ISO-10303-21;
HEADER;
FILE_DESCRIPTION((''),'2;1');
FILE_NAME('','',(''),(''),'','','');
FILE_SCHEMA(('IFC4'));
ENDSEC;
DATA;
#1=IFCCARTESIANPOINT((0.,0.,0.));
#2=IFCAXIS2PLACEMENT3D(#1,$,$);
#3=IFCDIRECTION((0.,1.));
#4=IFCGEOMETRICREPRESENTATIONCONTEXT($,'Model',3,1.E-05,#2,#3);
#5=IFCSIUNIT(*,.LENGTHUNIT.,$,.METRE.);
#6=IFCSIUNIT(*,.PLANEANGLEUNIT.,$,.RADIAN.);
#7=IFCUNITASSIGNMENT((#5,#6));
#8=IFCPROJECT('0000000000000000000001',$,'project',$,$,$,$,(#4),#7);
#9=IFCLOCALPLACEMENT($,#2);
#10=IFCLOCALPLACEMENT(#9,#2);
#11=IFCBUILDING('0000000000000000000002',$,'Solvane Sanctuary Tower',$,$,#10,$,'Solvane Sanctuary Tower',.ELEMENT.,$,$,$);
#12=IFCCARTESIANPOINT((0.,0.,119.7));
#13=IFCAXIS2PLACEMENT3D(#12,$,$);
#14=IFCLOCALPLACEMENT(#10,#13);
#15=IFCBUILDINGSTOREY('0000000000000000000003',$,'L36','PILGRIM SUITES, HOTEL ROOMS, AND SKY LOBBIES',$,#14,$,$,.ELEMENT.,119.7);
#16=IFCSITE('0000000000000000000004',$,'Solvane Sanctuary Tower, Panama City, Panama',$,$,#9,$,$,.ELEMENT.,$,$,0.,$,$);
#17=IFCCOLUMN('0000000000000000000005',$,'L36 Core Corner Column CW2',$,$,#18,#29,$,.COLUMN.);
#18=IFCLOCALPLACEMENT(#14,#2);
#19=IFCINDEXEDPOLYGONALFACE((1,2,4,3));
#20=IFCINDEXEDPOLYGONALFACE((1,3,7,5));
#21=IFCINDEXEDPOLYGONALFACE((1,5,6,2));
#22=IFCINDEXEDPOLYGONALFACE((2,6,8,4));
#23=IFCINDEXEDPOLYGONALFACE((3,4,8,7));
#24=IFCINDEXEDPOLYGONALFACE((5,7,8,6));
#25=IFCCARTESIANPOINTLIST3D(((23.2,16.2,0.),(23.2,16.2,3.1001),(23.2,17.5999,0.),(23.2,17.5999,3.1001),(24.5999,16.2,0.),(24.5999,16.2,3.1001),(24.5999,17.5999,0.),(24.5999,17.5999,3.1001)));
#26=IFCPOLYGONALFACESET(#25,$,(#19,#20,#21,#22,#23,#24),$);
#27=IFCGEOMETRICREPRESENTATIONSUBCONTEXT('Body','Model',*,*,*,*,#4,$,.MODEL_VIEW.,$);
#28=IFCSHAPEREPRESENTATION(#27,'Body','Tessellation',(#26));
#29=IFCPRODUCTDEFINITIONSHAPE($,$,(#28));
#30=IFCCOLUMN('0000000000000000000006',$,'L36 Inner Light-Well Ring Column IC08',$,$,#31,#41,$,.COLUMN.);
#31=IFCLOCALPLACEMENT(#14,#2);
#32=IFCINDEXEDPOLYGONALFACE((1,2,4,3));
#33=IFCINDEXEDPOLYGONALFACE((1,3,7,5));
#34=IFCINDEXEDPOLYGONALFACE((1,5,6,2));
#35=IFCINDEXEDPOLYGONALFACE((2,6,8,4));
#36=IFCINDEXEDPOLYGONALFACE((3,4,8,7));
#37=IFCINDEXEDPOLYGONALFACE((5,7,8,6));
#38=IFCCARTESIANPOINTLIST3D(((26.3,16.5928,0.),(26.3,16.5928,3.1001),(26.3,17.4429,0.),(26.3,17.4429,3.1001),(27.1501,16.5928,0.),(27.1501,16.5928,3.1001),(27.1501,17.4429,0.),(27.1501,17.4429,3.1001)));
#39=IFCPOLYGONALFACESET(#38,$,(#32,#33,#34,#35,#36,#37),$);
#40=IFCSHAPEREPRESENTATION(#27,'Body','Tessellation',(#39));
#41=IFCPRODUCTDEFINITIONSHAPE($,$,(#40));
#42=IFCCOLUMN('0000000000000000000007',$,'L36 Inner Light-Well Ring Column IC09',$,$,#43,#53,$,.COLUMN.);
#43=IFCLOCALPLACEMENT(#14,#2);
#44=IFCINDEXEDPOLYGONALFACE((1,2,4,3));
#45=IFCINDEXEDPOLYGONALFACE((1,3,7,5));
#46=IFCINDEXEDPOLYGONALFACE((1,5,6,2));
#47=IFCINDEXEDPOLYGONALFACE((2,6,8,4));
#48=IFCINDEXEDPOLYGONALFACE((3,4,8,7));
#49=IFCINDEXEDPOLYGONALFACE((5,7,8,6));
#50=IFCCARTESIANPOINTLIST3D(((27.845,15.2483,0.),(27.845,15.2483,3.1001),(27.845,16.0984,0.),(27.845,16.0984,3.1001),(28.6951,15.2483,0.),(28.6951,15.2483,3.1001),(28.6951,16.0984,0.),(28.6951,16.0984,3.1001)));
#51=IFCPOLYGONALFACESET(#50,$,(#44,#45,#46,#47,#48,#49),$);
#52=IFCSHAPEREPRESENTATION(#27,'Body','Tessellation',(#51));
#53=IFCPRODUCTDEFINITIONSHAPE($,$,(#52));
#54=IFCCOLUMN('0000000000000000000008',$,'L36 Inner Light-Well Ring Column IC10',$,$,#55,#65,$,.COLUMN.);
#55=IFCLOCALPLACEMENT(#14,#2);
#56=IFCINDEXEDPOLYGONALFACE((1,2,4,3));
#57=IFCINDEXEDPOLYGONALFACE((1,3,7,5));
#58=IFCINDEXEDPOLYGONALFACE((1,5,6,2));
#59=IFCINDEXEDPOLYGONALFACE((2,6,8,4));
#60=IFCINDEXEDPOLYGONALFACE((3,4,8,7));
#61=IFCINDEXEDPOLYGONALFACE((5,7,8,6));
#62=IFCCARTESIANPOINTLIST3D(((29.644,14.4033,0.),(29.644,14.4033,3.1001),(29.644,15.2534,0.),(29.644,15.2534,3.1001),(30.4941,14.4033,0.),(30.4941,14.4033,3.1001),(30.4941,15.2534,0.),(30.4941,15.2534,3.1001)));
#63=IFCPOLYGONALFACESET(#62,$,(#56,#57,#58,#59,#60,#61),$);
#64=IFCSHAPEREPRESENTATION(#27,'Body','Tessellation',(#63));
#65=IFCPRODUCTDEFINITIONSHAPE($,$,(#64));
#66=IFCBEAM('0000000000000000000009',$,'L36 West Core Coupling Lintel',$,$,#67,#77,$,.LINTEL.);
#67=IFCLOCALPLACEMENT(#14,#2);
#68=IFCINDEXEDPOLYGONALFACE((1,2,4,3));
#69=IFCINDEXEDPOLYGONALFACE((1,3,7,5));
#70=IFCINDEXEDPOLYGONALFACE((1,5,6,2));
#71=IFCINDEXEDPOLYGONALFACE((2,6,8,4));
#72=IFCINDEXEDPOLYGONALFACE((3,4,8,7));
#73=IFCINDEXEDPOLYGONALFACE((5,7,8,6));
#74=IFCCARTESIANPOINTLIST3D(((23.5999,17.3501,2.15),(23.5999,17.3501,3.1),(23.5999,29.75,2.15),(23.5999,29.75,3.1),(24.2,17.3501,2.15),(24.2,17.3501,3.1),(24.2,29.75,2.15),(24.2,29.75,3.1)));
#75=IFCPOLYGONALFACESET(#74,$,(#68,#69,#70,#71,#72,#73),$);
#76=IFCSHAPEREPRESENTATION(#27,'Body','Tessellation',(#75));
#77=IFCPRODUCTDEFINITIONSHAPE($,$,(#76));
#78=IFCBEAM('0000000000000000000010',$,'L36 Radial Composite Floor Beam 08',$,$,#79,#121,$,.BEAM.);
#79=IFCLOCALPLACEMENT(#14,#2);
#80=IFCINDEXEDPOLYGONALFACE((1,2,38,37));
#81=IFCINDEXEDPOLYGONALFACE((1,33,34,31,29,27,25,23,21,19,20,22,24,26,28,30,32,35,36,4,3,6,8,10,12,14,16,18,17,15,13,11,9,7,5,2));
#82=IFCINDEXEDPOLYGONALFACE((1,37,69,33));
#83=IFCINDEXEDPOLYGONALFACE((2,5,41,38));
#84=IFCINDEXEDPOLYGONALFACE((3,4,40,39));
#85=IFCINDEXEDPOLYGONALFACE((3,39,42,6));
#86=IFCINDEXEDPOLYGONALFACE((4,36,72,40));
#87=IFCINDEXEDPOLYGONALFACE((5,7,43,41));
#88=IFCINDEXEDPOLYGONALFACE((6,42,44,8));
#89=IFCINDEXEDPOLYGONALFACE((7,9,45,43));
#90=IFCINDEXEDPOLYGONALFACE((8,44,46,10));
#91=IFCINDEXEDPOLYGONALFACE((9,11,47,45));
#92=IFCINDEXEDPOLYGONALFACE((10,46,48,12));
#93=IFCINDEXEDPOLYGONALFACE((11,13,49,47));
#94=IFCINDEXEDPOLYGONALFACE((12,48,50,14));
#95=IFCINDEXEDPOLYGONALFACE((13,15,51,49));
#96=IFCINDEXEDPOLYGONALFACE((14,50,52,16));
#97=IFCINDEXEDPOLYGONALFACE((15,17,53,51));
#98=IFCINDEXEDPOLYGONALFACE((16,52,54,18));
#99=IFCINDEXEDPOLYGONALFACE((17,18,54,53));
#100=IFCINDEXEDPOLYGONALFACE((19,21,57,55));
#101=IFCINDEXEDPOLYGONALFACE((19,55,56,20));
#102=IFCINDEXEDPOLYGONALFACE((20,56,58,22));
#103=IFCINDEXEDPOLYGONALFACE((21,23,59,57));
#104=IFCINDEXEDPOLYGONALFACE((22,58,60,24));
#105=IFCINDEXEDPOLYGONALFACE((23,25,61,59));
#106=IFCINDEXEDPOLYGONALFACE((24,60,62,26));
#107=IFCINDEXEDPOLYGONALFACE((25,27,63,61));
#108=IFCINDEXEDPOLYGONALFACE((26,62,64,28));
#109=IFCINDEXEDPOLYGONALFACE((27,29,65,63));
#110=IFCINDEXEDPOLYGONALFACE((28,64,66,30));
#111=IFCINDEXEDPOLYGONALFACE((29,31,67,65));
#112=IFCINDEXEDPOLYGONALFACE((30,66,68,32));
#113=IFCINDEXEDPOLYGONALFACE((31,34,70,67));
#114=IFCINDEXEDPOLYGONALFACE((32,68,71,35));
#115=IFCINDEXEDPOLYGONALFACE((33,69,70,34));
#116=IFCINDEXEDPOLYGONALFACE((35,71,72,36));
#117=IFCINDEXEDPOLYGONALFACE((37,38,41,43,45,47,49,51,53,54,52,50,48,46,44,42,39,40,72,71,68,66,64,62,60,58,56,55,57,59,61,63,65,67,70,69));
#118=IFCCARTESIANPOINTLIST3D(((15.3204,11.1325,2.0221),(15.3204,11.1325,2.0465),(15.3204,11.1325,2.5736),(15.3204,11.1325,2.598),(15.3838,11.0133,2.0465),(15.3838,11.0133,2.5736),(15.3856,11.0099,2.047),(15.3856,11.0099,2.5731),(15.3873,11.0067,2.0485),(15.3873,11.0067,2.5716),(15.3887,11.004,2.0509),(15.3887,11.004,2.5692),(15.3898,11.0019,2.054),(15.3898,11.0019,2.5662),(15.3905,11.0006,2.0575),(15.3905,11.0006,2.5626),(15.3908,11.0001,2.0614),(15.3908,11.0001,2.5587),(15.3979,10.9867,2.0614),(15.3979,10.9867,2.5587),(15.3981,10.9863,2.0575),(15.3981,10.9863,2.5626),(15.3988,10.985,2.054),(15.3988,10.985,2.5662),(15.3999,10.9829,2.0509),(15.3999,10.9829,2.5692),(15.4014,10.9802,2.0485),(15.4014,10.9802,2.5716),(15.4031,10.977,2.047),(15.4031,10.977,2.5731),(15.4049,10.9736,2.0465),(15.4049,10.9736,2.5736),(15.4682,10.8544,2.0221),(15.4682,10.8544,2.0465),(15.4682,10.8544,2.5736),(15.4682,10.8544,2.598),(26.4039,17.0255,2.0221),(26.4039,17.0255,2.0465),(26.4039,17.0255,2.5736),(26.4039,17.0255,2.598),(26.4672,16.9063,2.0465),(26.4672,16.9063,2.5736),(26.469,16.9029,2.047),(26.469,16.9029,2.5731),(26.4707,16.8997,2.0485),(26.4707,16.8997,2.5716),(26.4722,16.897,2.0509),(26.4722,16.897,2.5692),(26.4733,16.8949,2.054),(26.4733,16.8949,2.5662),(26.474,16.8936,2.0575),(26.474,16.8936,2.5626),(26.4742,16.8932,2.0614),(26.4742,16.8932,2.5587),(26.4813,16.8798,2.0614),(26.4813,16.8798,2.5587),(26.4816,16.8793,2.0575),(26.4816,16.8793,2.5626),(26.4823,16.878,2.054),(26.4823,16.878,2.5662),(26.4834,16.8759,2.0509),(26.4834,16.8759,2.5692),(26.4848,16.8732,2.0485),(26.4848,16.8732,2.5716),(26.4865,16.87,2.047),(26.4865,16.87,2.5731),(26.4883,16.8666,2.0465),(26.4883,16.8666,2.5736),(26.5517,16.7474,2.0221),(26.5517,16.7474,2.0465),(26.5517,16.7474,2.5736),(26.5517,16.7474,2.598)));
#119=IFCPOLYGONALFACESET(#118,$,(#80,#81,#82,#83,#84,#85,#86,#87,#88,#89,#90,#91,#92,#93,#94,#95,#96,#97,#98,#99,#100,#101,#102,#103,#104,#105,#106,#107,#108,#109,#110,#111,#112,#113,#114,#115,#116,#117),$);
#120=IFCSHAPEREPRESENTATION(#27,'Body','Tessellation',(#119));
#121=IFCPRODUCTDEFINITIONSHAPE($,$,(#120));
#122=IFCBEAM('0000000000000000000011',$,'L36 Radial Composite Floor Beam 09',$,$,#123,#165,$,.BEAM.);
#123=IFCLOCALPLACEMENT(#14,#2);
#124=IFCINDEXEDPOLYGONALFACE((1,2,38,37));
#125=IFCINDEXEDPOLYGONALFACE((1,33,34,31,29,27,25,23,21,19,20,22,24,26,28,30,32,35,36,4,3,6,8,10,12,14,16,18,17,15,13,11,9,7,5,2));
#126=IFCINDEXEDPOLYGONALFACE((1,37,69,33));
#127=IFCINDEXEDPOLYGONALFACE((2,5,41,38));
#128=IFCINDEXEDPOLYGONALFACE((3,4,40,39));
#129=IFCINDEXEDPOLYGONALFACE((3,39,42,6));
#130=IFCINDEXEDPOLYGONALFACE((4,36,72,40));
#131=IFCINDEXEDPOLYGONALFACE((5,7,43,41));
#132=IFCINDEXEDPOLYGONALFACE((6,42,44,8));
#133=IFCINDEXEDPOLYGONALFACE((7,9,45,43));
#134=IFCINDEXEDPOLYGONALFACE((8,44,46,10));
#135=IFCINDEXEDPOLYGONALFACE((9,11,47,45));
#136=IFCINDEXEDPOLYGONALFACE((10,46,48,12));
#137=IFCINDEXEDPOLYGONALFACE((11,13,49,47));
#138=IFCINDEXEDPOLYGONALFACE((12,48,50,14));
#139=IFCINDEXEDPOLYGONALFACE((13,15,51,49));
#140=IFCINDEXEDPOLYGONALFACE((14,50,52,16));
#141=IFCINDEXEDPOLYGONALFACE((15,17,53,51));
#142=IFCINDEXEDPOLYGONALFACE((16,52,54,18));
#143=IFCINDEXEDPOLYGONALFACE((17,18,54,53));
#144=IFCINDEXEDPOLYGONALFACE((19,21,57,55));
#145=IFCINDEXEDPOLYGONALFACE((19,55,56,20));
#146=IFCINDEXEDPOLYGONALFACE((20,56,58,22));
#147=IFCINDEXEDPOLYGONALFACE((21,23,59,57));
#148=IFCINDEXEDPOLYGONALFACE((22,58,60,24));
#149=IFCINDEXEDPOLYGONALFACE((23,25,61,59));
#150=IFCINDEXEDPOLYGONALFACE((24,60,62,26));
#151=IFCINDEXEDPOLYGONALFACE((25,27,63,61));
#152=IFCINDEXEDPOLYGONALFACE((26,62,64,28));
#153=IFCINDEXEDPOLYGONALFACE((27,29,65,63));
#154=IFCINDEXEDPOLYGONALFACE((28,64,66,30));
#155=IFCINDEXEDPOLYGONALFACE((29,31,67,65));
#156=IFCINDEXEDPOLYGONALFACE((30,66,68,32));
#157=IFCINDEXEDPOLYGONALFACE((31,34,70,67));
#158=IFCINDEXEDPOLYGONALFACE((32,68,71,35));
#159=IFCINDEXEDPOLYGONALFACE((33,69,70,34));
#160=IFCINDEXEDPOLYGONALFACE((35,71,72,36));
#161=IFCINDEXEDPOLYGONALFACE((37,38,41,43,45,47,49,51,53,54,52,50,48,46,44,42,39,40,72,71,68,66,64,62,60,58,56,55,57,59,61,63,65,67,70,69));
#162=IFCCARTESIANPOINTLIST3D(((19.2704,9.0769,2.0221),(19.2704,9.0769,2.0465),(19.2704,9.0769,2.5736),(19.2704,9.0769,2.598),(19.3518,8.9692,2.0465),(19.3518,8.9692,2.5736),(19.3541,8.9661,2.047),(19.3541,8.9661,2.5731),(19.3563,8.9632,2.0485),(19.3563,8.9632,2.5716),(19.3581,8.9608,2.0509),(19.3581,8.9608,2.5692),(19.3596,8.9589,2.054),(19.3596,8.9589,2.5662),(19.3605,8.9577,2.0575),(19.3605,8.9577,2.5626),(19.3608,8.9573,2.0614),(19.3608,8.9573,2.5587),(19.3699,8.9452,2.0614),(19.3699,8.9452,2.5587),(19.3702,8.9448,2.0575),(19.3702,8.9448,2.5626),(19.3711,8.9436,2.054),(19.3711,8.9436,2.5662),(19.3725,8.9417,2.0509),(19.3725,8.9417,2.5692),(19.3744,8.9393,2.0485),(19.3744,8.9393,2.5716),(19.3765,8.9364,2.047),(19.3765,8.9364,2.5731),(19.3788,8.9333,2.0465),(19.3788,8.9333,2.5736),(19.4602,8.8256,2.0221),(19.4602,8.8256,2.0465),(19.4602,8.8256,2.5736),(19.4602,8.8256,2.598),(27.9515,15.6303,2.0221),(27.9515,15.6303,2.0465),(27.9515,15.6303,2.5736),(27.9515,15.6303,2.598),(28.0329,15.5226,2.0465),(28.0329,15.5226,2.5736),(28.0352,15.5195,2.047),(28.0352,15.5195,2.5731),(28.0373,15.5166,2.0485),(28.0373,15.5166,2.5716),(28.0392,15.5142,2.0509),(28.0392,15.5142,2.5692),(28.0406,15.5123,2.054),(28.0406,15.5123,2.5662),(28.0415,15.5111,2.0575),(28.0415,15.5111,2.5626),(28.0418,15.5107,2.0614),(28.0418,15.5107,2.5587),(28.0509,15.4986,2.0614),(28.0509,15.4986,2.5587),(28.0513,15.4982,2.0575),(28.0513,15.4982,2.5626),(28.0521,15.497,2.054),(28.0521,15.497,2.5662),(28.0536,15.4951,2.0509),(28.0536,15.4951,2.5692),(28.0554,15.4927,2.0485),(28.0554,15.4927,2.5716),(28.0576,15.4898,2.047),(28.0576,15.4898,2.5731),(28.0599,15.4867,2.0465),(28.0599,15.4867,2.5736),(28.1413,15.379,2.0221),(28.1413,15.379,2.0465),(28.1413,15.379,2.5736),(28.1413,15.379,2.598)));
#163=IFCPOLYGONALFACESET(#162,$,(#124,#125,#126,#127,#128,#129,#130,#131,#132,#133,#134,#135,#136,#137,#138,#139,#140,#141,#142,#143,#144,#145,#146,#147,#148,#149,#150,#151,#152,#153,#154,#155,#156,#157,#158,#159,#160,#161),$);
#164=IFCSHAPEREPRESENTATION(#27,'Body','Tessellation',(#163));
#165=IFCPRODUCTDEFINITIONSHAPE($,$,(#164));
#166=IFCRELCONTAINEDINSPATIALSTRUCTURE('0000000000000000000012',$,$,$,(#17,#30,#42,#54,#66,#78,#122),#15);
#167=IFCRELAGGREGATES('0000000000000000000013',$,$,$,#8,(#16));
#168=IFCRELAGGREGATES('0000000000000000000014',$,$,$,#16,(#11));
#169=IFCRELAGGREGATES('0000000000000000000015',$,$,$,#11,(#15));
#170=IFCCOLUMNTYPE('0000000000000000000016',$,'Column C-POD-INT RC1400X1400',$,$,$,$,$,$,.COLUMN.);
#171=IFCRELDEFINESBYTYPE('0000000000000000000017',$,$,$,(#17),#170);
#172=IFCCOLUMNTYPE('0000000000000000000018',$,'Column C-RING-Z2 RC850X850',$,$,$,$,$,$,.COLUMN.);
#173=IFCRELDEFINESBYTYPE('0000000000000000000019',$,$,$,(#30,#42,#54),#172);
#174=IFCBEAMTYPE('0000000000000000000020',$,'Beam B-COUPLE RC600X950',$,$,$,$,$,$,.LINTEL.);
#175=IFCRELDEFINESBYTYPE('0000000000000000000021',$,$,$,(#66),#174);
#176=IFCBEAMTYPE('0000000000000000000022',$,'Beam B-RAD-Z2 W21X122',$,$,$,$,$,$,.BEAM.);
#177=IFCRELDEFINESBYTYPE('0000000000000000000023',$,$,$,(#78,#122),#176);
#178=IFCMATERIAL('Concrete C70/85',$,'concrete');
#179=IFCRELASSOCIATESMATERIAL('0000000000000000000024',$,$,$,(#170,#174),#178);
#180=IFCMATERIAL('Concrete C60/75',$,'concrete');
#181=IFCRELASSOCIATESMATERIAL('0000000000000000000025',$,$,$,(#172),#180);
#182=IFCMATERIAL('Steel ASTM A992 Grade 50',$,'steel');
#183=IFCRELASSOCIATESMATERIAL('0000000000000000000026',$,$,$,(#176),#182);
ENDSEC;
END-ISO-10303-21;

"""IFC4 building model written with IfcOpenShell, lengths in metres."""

from ifc_helpers import new_model, si_unit, direction, frame, origin, origin_2d, place, context, subcontext, project, spatial, rectangle, i_section, extrude, material, material_profile, profile_set, type_object, element, save


model = new_model("IFC4")

# Units and contexts
model_context = context("Model", 3, precision=1e-05, world=origin(), true_north=direction((0.0, 1.0)))
body_context = subcontext(model_context, "Body", "Model", "MODEL_VIEW")
ifc_project = project(units=[si_unit("LENGTHUNIT", "METRE"), si_unit("PLANEANGLEUNIT", "RADIAN")], contexts=[model_context])

# Site, building, storey
site_placement = place(None, origin())
site = spatial("IfcSite", under=ifc_project, at=site_placement, Name="Solvane Sanctuary Tower, Panama City, Panama", CompositionType="ELEMENT", RefElevation=0.0)
building_placement = place(site_placement, origin())
building = spatial("IfcBuilding", under=site, at=building_placement, Name="Solvane Sanctuary Tower", LongName="Solvane Sanctuary Tower", CompositionType="ELEMENT")
storey_placement = place(building_placement, frame((0.0, 0.0, 119.7)))
storey = spatial("IfcBuildingStorey", under=building, at=storey_placement, Name="L36", Description="PILGRIM SUITES, HOTEL ROOMS, AND SKY LOBBIES", CompositionType="ELEMENT", Elevation=119.7)

# Columns
ifc_material_1 = material(Name="Concrete C70/85", Category="concrete")
ifc_material_profile_1 = material_profile(ifc_material_1, rectangle(XDim=1.3999, YDim=1.3999, at=origin_2d()), Name="RC1400X1400")
ifc_profile_set_1 = profile_set([ifc_material_profile_1], Name="Concrete C70/85")
column_type_1 = type_object("IfcColumnType", Name="Column C-POD-INT RC1400X1400", PredefinedType="COLUMN", material=ifc_profile_set_1)
column_placement = place(storey_placement, frame((23.8999, 16.8999, 0.0), z_axis=(0.0, 0.0, 1.0), x_axis=(1.0, 0.0, 0.0)))
element("IfcColumn", 1, at=column_placement, inside=storey, type_object=column_type_1, Name="L36 Core Corner Column CW2", PredefinedType="COLUMN", context=body_context, shape_type="SweptSolid", body=[
    extrude(rectangle(XDim=1.3999, YDim=1.3999, at=origin_2d()), origin(), (0.0, 0.0, 1.0), 3.1001),
])
ifc_material_2 = material(Name="Concrete C60/75", Category="concrete")
ifc_material_profile_2 = material_profile(ifc_material_2, rectangle(XDim=0.8501, YDim=0.8501, at=origin_2d()), Name="RC850X850")
ifc_profile_set_2 = profile_set([ifc_material_profile_2], Name="Concrete C60/75")
column_type_2 = type_object("IfcColumnType", Name="Column C-RING-Z2 RC850X850", PredefinedType="COLUMN", material=ifc_profile_set_2)
for number, where, z_axis, x_axis, name in (
    (2, (26.7251, 17.0178, 0.0), (0.0, 0.0, 1.0), (1.0, 0.0, 0.0), "L36 Inner Light-Well Ring Column IC08"),
    (3, (28.27, 15.6733, 0.0), (0.0, 0.0, 1.0), (1.0, 0.0, 0.0), "L36 Inner Light-Well Ring Column IC09"),
    (4, (30.0691, 14.8284, 0.0), (0.0, 0.0, 1.0), (1.0, 0.0, 0.0), "L36 Inner Light-Well Ring Column IC10"),
):
    element("IfcColumn", number, at=place(storey_placement, frame(where, z_axis=z_axis, x_axis=x_axis)), inside=storey, type_object=column_type_2, Name=name, PredefinedType="COLUMN", context=body_context, shape_type="SweptSolid", body=[
        extrude(rectangle(XDim=0.8501, YDim=0.8501, at=origin_2d()), origin(), (0.0, 0.0, 1.0), 3.1001),
    ])

# Beams
ifc_material_profile_3 = material_profile(ifc_material_1, rectangle(XDim=0.6001, YDim=0.95, at=origin_2d()), Name="RC600X950")
ifc_profile_set_3 = profile_set([ifc_material_profile_3], Name="Concrete C70/85")
beam_type_1 = type_object("IfcBeamType", Name="Beam B-COUPLE RC600X950", PredefinedType="LINTEL", material=ifc_profile_set_3)
beam_1_placement = place(storey_placement, frame((23.8999, 17.3501, 2.625), z_axis=(0.0, 1.0, 0.0), x_axis=(-1.0, 0.0, 0.0)))
element("IfcBeam", 5, at=beam_1_placement, inside=storey, type_object=beam_type_1, Name="L36 West Core Coupling Lintel", PredefinedType="LINTEL", context=body_context, shape_type="SweptSolid", body=[
    extrude(rectangle(XDim=0.6001, YDim=0.95, at=origin_2d()), origin(), (0.0, 0.0, 1.0), 12.3999),
])
ifc_material_3 = material(Name="Steel ASTM A992 Grade 50", Category="steel")
ifc_material_profile_4 = material_profile(ifc_material_3, i_section(OverallWidth=0.3149, OverallDepth=0.5759, WebThickness=0.0151, FlangeThickness=0.0244, FilletRadius=0.0149, at=origin_2d()), Name="W21X122")
ifc_profile_set_4 = profile_set([ifc_material_profile_4], Name="Steel ASTM A992 Grade 50")
beam_type_2 = type_object("IfcBeamType", Name="Beam B-RAD-Z2 W21X122", PredefinedType="BEAM", material=ifc_profile_set_4)
beam_2_placement = place(storey_placement, frame((26.4778, 16.8865, 2.3101), z_axis=(-0.882952, -0.469463, 0.0), x_axis=(0.469463, -0.882952, 0.0)))
element("IfcBeam", 6, at=beam_2_placement, inside=storey, type_object=beam_type_2, Name="L36 Radial Composite Floor Beam 08", PredefinedType="BEAM", context=body_context, shape_type="SweptSolid", body=[
    extrude(i_section(OverallWidth=0.3149, OverallDepth=0.5759, WebThickness=0.0151, FlangeThickness=0.0244, FilletRadius=0.0149, at=origin_2d()), origin(), (0.0, 0.0, 1.0), 12.5527),
])
beam_3_placement = place(storey_placement, frame((28.0464, 15.5046, 2.3101), z_axis=(-0.798116, -0.602504, 0.0), x_axis=(0.602504, -0.798116, 0.0)))
element("IfcBeam", 7, at=beam_3_placement, inside=storey, type_object=beam_type_2, Name="L36 Radial Composite Floor Beam 09", PredefinedType="BEAM", context=body_context, shape_type="SweptSolid", body=[
    extrude(i_section(OverallWidth=0.3149, OverallDepth=0.5759, WebThickness=0.0151, FlangeThickness=0.0244, FilletRadius=0.0149, at=origin_2d()), origin(), (0.0, 0.0, 1.0), 10.877),
])

save(model, "model.ifc")
